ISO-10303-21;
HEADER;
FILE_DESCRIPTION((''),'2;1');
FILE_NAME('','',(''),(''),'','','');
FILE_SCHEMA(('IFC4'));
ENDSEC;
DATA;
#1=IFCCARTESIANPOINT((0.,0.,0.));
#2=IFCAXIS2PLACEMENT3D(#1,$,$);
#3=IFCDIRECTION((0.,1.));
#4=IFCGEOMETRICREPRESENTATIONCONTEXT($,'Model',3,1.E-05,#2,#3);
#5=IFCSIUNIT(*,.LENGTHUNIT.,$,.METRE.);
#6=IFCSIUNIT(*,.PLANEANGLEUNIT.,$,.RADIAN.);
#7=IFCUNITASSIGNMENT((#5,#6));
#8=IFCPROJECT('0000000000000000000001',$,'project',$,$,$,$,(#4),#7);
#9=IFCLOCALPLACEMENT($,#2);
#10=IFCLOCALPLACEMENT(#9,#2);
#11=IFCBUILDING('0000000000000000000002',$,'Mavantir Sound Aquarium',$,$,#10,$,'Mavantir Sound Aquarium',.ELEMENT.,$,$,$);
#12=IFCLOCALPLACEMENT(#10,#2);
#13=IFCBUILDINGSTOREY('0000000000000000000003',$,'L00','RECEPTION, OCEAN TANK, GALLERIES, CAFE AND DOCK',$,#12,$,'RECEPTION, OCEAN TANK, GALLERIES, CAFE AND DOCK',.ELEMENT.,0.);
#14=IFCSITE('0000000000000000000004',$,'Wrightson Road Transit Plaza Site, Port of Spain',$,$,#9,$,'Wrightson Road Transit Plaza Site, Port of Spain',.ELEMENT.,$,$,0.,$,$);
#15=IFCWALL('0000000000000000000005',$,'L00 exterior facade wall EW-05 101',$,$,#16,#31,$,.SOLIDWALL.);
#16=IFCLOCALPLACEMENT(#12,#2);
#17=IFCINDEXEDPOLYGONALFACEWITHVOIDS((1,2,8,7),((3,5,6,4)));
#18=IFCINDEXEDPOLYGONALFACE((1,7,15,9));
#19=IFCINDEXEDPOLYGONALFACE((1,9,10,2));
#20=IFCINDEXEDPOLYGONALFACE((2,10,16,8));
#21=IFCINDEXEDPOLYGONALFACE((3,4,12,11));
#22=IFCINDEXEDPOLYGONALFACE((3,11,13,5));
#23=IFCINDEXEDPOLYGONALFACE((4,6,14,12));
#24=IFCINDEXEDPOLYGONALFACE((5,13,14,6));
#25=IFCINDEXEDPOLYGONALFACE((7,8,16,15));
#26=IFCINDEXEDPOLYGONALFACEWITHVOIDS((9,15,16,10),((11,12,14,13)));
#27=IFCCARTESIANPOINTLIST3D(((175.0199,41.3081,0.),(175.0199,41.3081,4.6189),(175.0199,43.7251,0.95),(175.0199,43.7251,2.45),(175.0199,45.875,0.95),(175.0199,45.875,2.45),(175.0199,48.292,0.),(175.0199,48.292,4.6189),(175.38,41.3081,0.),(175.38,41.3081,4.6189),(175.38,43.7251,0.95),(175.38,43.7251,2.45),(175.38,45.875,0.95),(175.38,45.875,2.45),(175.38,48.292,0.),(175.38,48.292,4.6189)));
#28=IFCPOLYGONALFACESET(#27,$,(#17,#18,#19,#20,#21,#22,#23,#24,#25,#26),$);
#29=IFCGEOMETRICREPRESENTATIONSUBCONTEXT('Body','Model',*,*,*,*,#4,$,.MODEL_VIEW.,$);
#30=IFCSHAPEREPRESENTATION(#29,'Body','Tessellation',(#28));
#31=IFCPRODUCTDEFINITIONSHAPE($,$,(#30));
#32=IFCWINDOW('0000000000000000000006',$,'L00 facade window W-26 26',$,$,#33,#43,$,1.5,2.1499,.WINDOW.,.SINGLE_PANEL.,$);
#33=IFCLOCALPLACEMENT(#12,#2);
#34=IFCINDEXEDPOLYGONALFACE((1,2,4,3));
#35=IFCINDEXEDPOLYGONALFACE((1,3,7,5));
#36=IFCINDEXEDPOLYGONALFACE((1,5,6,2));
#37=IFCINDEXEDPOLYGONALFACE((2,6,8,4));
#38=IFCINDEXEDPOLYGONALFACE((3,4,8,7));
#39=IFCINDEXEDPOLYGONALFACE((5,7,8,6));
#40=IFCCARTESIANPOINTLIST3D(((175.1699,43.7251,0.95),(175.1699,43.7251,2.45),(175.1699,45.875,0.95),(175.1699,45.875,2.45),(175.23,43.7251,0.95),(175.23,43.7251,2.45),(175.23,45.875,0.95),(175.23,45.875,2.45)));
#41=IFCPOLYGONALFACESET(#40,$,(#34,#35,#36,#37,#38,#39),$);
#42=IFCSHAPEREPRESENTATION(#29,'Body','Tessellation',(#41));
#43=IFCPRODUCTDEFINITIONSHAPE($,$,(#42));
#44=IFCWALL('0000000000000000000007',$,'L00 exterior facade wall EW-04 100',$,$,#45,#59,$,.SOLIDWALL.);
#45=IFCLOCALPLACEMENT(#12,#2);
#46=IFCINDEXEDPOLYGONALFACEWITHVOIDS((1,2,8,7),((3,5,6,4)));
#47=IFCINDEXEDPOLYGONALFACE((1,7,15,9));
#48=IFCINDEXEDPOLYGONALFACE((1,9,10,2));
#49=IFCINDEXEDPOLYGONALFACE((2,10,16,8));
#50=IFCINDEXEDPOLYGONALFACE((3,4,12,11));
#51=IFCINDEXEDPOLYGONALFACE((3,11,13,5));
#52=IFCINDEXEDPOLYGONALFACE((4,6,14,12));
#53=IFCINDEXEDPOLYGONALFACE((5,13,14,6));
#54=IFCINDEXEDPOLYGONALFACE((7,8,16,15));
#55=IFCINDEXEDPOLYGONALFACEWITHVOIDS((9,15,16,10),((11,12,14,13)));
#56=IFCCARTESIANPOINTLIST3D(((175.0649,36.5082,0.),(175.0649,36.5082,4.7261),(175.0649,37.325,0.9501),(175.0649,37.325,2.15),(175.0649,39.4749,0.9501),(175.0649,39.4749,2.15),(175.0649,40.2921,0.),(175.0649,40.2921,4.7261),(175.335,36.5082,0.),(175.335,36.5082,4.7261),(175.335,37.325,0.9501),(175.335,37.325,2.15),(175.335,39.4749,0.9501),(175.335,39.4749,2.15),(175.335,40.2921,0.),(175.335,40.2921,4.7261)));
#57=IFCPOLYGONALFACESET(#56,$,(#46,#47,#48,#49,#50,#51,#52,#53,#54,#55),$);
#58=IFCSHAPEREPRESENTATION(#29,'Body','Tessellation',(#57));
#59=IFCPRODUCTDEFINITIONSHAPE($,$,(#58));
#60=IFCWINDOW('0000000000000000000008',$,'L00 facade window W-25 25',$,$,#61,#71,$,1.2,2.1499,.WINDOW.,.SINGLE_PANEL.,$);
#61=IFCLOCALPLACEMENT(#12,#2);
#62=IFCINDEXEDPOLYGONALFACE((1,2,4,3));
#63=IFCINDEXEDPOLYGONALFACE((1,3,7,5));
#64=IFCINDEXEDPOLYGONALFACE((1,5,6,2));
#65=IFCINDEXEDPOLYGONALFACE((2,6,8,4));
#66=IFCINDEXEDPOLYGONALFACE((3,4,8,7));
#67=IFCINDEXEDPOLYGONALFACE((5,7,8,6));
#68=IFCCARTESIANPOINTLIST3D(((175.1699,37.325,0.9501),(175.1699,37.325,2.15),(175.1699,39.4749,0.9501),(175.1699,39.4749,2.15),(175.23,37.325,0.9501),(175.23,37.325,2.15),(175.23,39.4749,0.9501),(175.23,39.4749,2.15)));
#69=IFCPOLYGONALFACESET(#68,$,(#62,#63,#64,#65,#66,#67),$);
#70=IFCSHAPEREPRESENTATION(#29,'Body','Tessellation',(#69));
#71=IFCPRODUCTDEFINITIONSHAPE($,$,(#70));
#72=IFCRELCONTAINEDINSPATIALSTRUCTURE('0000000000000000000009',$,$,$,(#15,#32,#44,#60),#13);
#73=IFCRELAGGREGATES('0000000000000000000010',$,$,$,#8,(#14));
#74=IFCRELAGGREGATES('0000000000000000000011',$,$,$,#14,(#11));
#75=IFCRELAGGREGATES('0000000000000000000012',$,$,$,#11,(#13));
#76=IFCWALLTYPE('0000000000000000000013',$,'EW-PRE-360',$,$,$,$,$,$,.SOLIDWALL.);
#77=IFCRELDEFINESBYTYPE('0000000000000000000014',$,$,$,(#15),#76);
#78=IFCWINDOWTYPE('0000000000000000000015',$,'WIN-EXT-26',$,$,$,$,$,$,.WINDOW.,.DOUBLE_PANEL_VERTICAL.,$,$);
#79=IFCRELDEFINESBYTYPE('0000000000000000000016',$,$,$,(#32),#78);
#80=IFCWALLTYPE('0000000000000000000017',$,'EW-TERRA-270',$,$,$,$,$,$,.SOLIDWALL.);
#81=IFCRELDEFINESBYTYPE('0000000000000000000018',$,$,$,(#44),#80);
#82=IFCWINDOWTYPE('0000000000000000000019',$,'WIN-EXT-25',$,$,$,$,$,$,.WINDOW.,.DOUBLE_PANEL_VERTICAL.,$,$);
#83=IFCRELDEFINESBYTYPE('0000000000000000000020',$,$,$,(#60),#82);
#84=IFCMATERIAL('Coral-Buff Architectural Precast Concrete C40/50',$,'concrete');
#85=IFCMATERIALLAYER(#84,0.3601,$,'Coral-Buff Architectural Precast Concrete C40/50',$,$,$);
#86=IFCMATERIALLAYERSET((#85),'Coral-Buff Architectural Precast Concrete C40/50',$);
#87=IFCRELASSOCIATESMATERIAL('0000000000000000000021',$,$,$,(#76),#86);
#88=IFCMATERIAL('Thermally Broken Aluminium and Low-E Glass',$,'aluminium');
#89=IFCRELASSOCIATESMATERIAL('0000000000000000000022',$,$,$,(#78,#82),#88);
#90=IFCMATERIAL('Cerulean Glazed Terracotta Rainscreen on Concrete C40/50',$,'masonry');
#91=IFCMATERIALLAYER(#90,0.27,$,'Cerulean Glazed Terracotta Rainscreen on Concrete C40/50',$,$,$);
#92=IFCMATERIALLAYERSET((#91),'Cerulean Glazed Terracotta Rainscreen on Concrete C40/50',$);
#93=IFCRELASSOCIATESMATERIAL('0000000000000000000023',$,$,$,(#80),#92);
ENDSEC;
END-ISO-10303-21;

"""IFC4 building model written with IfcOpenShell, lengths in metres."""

from ifc_helpers import new_model, si_unit, direction, frame, frame_2d, origin, place, context, subcontext, project, spatial, rectangle, extrude, material, layer, layer_set, type_object, element, fill, save


model = new_model("IFC4")

# Units and contexts
model_context = context("Model", 3, precision=1e-05, world=origin(), true_north=direction((0.0, 1.0)))
body_context = subcontext(model_context, "Body", "Model", "MODEL_VIEW")
ifc_project = project(units=[si_unit("LENGTHUNIT", "METRE"), si_unit("PLANEANGLEUNIT", "RADIAN")], contexts=[model_context])

# Site, building, storey
site_placement = place(None, origin())
site = spatial("IfcSite", under=ifc_project, at=site_placement, Name="Wrightson Road Transit Plaza Site, Port of Spain", LongName="Wrightson Road Transit Plaza Site, Port of Spain", CompositionType="ELEMENT", RefElevation=0.0)
building_placement = place(site_placement, origin())
building = spatial("IfcBuilding", under=site, at=building_placement, Name="Mavantir Sound Aquarium", LongName="Mavantir Sound Aquarium", CompositionType="ELEMENT")
storey_placement = place(building_placement, origin())
storey = spatial("IfcBuildingStorey", under=building, at=storey_placement, Name="L00", Description="RECEPTION, OCEAN TANK, GALLERIES, CAFE AND DOCK", LongName="RECEPTION, OCEAN TANK, GALLERIES, CAFE AND DOCK", CompositionType="ELEMENT", Elevation=0.0)

# Walls, openings, windows
ifc_material_1 = material(Name="Coral-Buff Architectural Precast Concrete C40/50", Category="concrete")
ifc_layer_1 = layer(ifc_material_1, 0.3601, Name="Coral-Buff Architectural Precast Concrete C40/50")
ifc_layer_set_1 = layer_set([ifc_layer_1], Name="Coral-Buff Architectural Precast Concrete C40/50")
wall_type_1 = type_object("IfcWallType", Name="EW-PRE-360", PredefinedType="SOLIDWALL", material=ifc_layer_set_1)
wall_1_placement = place(storey_placement, frame((175.2, 41.3081, 0.0), z_axis=(0.0, 0.0, 1.0), x_axis=(0.0, 1.0, 0.0)))
wall_1 = element("IfcWall", 1, at=wall_1_placement, inside=storey, type_object=wall_type_1, Name="L00 exterior facade wall EW-05 101", PredefinedType="SOLIDWALL", context=body_context, shape_type="SweptSolid", body=[
    extrude(rectangle(XDim=6.9839, YDim=0.3601, at=frame_2d((3.4919, 0.0))), origin(), (0.0, 0.0, 1.0), 4.6189),
])
opening_1_placement = place(wall_1_placement, frame((2.417, 0.0, 0.95)))
opening_1 = element("IfcOpeningElement", 2, at=opening_1_placement, cuts=wall_1, PredefinedType="OPENING", context=body_context, shape_type="SweptSolid", body=[
    extrude(rectangle(XDim=2.1499, YDim=1.5, at=frame_2d((1.075, 0.75))), frame((0.0, 0.1899, 0.0), z_axis=(0.0, -1.0, 0.0), x_axis=(1.0, 0.0, 0.0)), (0.0, 0.0, 1.0), 0.3801),
])
ifc_material_2 = material(Name="Thermally Broken Aluminium and Low-E Glass", Category="aluminium")
window_type_1 = type_object("IfcWindowType", Name="WIN-EXT-26", PartitioningType="DOUBLE_PANEL_VERTICAL", PredefinedType="WINDOW", material=ifc_material_2)
window_1_placement = place(opening_1_placement, origin())
window_1 = element("IfcWindow", 3, at=window_1_placement, inside=storey, type_object=window_type_1, Name="L00 facade window W-26 26", OverallHeight=1.5, OverallWidth=2.1499, PartitioningType="SINGLE_PANEL", PredefinedType="WINDOW", context=body_context, shape_type="SweptSolid", body=[
    extrude(rectangle(XDim=2.1499, YDim=1.5, at=frame_2d((1.075, 0.75))), frame((0.0, 0.03, 0.0), z_axis=(0.0, -1.0, 0.0), x_axis=(1.0, 0.0, 0.0)), (0.0, 0.0, 1.0), 0.0601),
])
fill(opening_1, window_1)
ifc_material_3 = material(Name="Cerulean Glazed Terracotta Rainscreen on Concrete C40/50", Category="masonry")
ifc_layer_2 = layer(ifc_material_3, 0.27, Name="Cerulean Glazed Terracotta Rainscreen on Concrete C40/50")
ifc_layer_set_2 = layer_set([ifc_layer_2], Name="Cerulean Glazed Terracotta Rainscreen on Concrete C40/50")
wall_type_2 = type_object("IfcWallType", Name="EW-TERRA-270", PredefinedType="SOLIDWALL", material=ifc_layer_set_2)
wall_2_placement = place(storey_placement, frame((175.2, 36.5081, 0.0), z_axis=(0.0, 0.0, 1.0), x_axis=(0.0, 1.0, 0.0)))
wall_2 = element("IfcWall", 4, at=wall_2_placement, inside=storey, type_object=wall_type_2, Name="L00 exterior facade wall EW-04 100", PredefinedType="SOLIDWALL", context=body_context, shape_type="SweptSolid", body=[
    extrude(rectangle(XDim=3.7839, YDim=0.27, at=frame_2d((1.8921, 0.0))), origin(), (0.0, 0.0, 1.0), 4.7261),
])
opening_2_placement = place(wall_2_placement, frame((0.8169, 0.0, 0.95)))
opening_2 = element("IfcOpeningElement", 5, at=opening_2_placement, cuts=wall_2, PredefinedType="OPENING", context=body_context, shape_type="SweptSolid", body=[
    extrude(rectangle(XDim=2.1499, YDim=1.2, at=frame_2d((1.075, 0.6001))), frame((0.0, 0.145, 0.0), z_axis=(0.0, -1.0, 0.0), x_axis=(1.0, 0.0, 0.0)), (0.0, 0.0, 1.0), 0.29),
])
window_type_2 = type_object("IfcWindowType", Name="WIN-EXT-25", PartitioningType="DOUBLE_PANEL_VERTICAL", PredefinedType="WINDOW", material=ifc_material_2)
window_2_placement = place(opening_2_placement, origin())
window_2 = element("IfcWindow", 6, at=window_2_placement, inside=storey, type_object=window_type_2, Name="L00 facade window W-25 25", OverallHeight=1.2, OverallWidth=2.1499, PartitioningType="SINGLE_PANEL", PredefinedType="WINDOW", context=body_context, shape_type="SweptSolid", body=[
    extrude(rectangle(XDim=2.1499, YDim=1.2, at=frame_2d((1.075, 0.6001))), frame((0.0, 0.03, 0.0), z_axis=(0.0, -1.0, 0.0), x_axis=(1.0, 0.0, 0.0)), (0.0, 0.0, 1.0), 0.0601),
])
fill(opening_2, window_2)

save(model, "model.ifc")
